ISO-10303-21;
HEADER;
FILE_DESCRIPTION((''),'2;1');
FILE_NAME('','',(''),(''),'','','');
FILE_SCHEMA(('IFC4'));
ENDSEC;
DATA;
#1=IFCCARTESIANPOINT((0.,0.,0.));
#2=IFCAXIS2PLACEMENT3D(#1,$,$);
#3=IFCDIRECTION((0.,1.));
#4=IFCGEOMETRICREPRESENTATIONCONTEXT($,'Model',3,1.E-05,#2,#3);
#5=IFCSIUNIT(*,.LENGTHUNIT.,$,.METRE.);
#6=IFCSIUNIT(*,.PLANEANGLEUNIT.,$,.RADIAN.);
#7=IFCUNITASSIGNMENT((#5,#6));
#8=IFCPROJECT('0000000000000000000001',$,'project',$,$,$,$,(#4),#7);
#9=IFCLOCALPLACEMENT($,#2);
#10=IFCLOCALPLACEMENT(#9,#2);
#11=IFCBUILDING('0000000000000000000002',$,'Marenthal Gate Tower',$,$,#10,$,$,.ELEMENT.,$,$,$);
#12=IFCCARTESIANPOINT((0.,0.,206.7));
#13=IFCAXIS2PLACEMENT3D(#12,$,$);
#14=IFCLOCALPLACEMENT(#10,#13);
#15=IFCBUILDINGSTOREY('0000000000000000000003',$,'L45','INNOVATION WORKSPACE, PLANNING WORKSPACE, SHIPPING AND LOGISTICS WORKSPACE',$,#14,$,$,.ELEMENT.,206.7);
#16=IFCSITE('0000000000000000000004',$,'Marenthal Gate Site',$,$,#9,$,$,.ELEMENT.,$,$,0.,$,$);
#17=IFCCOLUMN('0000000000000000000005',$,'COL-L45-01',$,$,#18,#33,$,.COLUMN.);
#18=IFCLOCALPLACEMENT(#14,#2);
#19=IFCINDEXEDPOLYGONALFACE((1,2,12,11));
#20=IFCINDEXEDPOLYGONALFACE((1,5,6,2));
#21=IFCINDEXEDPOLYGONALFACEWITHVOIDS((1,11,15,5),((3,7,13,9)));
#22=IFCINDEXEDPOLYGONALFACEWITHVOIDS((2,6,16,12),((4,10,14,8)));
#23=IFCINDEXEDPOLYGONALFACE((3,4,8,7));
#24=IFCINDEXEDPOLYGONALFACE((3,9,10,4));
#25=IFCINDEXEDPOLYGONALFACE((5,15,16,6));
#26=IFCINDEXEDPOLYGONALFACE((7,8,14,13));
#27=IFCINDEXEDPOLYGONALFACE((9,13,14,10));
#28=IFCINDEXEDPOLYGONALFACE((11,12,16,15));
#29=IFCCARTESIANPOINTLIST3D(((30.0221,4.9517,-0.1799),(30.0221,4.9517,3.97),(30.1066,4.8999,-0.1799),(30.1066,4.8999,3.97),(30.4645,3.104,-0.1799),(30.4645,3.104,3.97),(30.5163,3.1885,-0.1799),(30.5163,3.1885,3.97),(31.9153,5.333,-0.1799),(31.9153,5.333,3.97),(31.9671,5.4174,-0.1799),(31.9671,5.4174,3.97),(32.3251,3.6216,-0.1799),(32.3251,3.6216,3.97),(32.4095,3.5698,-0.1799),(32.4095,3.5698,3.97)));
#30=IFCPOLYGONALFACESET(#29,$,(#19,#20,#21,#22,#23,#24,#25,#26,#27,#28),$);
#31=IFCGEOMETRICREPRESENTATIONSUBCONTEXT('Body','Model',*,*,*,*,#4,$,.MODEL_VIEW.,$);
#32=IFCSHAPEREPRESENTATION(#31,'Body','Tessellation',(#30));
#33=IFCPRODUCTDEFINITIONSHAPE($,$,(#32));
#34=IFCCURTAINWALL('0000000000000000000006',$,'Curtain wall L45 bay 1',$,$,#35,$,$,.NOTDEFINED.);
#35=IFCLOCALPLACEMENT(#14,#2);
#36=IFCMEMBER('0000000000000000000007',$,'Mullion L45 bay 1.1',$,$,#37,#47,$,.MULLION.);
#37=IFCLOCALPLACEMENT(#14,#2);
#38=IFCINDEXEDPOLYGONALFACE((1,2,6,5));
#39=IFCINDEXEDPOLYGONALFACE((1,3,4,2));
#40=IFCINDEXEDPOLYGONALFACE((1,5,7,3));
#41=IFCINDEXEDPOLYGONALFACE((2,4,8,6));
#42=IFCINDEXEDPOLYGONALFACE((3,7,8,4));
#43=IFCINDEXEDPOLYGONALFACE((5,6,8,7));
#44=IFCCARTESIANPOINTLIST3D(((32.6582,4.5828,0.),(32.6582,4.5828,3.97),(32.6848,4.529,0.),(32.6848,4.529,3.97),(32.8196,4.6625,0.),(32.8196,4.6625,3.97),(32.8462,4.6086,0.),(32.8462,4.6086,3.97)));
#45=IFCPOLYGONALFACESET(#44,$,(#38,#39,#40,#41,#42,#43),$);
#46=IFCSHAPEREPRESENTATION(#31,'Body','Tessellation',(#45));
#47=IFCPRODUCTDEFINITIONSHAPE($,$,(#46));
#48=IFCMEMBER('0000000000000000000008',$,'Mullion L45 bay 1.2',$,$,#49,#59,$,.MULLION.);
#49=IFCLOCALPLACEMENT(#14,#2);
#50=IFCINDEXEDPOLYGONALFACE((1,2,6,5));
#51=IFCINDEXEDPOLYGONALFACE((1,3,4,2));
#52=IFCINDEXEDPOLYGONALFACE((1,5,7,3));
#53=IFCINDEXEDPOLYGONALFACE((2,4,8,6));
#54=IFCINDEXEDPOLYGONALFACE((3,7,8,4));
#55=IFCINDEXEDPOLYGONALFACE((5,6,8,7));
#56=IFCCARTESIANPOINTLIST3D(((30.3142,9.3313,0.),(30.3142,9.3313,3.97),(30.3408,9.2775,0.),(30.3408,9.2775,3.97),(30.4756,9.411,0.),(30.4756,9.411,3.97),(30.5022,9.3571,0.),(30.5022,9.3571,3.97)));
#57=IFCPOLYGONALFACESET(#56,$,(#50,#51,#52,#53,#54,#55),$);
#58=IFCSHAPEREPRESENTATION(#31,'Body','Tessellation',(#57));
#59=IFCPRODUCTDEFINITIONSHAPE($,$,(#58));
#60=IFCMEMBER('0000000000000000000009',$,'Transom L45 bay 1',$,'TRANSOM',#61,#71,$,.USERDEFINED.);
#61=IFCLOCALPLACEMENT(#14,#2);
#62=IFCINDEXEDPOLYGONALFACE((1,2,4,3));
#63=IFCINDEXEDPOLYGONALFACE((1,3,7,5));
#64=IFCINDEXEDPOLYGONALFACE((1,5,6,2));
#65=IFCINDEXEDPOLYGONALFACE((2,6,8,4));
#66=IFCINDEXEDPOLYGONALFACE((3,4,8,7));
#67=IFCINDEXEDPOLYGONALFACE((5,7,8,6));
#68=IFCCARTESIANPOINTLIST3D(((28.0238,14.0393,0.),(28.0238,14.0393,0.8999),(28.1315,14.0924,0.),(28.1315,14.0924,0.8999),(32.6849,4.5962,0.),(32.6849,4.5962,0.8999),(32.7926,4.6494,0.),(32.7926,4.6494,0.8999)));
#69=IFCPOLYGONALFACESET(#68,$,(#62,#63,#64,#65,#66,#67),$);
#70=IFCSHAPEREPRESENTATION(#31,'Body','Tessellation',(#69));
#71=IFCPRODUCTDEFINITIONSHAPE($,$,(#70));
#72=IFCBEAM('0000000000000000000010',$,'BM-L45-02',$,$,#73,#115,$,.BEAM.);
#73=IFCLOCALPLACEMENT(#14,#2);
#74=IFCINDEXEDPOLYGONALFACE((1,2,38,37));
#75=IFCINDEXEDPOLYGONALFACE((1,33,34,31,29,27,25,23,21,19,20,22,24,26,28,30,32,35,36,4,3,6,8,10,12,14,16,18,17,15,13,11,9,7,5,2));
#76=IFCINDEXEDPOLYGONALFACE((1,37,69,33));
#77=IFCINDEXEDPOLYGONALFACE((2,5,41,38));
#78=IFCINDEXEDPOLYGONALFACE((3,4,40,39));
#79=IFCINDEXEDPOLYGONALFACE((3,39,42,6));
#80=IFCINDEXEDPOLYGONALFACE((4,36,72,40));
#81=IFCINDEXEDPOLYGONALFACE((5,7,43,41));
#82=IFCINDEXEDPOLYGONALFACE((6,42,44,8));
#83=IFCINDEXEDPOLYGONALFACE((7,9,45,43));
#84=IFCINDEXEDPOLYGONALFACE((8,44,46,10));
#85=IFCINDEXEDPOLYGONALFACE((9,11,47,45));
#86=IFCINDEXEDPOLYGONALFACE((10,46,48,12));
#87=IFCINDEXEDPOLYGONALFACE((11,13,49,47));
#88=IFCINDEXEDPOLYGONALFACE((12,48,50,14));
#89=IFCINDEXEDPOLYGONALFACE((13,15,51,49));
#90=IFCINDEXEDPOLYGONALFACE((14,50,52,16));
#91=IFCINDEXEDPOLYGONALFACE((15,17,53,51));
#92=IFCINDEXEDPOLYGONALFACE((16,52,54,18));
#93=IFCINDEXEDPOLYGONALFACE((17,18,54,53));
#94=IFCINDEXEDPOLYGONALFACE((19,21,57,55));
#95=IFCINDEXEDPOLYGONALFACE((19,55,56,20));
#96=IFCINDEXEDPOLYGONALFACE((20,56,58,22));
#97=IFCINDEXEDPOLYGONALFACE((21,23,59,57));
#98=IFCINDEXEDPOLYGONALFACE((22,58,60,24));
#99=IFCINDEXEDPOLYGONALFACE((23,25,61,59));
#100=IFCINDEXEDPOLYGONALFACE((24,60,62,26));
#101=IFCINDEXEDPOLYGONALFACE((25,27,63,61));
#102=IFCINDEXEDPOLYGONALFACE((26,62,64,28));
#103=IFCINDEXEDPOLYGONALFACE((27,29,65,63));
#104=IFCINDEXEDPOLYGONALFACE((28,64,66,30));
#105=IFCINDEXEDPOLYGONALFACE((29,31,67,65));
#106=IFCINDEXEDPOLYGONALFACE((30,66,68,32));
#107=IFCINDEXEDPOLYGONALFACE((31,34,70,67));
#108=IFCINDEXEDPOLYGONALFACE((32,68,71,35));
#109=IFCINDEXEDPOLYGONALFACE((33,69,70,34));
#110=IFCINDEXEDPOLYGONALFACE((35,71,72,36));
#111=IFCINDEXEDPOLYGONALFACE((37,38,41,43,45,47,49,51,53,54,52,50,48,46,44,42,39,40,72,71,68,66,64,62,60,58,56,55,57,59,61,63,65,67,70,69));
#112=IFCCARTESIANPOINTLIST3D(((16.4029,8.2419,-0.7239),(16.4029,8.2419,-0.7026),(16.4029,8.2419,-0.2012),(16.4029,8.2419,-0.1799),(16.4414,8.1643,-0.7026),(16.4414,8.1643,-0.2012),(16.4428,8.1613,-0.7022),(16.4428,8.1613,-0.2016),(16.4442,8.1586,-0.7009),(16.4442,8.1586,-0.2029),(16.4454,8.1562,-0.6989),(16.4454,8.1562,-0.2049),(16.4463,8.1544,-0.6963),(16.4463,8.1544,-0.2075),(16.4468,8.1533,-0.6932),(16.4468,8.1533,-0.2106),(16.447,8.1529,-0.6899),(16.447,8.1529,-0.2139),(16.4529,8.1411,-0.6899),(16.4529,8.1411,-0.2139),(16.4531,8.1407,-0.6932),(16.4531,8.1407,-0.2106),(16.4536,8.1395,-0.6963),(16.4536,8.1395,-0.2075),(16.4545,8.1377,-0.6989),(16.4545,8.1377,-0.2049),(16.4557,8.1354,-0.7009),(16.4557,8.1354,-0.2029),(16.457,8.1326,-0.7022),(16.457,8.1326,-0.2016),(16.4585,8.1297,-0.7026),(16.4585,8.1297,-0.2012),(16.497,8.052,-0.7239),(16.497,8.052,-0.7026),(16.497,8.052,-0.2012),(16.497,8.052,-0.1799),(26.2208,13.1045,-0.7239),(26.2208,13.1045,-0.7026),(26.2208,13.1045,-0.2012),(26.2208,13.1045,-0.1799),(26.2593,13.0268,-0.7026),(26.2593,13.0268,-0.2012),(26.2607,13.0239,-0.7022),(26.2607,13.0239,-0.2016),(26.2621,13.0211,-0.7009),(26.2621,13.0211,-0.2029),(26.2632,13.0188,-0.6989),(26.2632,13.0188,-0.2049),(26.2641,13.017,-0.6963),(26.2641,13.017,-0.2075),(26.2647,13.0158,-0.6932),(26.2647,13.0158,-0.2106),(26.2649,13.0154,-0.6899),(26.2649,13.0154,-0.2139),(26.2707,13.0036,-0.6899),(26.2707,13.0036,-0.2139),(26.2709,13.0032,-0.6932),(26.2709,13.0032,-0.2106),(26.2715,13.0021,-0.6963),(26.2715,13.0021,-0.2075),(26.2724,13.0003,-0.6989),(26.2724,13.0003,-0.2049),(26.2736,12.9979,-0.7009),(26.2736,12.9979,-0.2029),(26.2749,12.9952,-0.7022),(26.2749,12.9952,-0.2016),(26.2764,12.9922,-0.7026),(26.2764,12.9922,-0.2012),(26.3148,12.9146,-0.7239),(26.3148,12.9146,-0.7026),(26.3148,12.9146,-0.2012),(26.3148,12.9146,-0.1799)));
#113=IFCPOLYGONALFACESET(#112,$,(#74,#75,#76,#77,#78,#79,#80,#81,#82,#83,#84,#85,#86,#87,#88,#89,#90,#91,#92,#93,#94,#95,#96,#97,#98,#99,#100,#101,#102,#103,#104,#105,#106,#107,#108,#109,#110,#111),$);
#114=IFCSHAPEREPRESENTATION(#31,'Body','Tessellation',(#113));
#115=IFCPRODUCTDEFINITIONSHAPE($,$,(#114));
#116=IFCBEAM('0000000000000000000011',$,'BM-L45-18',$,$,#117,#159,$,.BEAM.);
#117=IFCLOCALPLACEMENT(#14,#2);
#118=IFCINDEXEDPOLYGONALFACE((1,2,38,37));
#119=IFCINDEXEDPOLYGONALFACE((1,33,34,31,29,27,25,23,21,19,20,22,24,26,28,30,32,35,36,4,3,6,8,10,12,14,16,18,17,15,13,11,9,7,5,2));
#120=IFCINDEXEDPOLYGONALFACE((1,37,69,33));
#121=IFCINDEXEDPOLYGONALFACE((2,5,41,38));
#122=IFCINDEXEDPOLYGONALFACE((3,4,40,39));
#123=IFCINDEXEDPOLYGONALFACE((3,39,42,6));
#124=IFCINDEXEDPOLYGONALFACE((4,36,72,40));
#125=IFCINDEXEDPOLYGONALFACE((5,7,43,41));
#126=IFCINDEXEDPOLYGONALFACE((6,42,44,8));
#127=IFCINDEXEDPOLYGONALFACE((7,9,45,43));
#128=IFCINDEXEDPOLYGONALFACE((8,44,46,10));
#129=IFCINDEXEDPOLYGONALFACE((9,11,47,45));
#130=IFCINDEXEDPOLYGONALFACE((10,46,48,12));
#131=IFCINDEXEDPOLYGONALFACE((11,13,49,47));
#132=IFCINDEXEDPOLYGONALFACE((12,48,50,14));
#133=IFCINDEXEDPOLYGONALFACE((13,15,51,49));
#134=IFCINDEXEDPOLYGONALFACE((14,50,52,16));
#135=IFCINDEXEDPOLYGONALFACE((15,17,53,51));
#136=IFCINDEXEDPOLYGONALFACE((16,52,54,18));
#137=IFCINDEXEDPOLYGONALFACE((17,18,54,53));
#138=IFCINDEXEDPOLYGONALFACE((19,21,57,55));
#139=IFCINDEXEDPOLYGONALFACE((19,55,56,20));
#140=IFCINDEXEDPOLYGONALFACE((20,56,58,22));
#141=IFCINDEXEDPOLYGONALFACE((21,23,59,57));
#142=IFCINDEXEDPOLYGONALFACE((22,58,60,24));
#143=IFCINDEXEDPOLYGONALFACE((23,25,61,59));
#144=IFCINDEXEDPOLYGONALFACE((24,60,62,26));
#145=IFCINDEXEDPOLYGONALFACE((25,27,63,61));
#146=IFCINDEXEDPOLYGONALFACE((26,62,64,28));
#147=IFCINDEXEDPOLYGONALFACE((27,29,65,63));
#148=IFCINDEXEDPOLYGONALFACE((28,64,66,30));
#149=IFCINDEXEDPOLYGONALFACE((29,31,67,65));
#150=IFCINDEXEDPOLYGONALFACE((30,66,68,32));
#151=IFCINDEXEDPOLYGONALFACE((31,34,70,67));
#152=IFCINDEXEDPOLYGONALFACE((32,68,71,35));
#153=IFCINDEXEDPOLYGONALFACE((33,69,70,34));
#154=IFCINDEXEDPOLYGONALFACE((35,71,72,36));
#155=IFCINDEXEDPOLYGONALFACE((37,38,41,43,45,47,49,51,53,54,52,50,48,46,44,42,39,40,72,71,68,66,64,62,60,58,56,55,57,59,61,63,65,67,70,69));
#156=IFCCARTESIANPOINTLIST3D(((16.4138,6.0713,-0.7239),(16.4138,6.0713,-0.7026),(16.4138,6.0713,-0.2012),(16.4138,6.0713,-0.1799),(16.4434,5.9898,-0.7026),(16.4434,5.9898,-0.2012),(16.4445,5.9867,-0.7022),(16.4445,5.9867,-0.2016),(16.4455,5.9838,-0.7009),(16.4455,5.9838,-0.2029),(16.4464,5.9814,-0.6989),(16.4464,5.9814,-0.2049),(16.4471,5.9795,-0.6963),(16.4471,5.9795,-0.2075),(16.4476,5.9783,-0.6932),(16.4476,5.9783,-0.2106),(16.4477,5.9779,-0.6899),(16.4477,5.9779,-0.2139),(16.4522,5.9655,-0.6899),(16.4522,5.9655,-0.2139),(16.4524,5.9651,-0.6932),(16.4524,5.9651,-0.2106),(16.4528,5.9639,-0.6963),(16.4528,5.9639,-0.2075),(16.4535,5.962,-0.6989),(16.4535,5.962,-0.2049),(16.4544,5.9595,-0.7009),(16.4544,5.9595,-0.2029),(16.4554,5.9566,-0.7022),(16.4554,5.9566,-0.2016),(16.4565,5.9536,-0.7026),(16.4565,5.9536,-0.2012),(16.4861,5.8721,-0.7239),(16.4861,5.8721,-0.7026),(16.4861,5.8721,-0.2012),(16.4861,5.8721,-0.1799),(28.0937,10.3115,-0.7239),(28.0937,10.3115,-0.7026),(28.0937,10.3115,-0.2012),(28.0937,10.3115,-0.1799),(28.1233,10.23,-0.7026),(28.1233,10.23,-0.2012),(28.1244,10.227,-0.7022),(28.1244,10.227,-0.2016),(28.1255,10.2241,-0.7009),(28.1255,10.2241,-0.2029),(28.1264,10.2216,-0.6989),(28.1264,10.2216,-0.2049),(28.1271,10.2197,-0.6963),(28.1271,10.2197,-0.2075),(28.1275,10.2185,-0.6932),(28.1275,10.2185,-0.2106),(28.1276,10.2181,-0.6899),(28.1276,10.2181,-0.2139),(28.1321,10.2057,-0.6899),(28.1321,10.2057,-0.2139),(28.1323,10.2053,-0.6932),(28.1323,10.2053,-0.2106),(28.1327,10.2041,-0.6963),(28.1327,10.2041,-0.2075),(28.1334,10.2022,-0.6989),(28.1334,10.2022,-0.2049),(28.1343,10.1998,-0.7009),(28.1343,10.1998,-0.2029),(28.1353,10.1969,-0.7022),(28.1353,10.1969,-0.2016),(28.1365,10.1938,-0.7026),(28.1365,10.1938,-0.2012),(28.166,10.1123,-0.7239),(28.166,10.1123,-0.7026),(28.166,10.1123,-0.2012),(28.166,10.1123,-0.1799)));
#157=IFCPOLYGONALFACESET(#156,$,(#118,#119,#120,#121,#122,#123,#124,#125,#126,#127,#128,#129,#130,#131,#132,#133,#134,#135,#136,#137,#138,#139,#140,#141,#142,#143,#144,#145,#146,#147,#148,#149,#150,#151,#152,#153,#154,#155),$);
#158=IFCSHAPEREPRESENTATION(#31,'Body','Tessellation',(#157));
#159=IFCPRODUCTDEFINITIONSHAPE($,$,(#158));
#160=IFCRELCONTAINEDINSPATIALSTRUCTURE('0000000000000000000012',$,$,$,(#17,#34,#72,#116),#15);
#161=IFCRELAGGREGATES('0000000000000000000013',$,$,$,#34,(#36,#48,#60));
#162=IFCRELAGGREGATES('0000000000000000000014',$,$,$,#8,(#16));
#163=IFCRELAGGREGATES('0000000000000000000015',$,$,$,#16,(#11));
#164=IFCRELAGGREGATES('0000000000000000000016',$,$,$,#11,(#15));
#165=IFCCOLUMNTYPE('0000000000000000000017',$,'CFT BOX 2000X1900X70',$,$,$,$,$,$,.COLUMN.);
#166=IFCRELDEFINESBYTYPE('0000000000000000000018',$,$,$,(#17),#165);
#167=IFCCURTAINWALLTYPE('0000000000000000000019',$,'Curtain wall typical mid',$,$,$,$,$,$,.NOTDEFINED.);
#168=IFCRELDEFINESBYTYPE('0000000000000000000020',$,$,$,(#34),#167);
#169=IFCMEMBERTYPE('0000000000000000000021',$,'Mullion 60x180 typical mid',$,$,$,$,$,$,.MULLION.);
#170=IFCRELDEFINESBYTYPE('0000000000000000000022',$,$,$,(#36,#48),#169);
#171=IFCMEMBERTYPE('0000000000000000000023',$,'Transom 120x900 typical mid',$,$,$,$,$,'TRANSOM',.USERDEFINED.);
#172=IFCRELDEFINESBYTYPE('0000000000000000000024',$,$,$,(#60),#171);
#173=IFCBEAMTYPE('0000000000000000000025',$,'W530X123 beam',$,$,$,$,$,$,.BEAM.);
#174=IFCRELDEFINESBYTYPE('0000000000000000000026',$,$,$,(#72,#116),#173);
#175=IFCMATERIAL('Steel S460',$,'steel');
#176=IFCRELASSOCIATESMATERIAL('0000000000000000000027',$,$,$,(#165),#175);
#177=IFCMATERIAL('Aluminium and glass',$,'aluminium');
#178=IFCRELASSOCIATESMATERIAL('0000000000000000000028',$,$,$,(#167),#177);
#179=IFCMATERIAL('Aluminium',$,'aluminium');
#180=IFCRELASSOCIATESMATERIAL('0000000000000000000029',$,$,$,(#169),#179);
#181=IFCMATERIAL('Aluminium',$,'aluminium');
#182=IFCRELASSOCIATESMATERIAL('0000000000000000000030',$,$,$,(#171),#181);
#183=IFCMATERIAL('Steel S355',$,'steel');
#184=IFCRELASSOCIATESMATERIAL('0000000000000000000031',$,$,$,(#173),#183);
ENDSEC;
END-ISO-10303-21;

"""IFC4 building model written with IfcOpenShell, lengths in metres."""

from ifc_helpers import new_model, si_unit, direction, frame, origin, origin_2d, place, context, subcontext, project, spatial, rectangle, hollow_rectangle, i_section, extrude, material, material_profile, profile_set, type_object, element, aggregate, save


model = new_model("IFC4")

# Units and contexts
model_context = context("Model", 3, precision=1e-05, world=origin(), true_north=direction((0.0, 1.0)))
body_context = subcontext(model_context, "Body", "Model", "MODEL_VIEW")
ifc_project = project(units=[si_unit("LENGTHUNIT", "METRE"), si_unit("PLANEANGLEUNIT", "RADIAN")], contexts=[model_context])

# Site, building, storey
site_placement = place(None, origin())
site = spatial("IfcSite", under=ifc_project, at=site_placement, Name="Marenthal Gate Site", CompositionType="ELEMENT", RefElevation=0.0)
building_placement = place(site_placement, origin())
building = spatial("IfcBuilding", under=site, at=building_placement, Name="Marenthal Gate Tower", CompositionType="ELEMENT")
storey_placement = place(building_placement, frame((0.0, 0.0, 206.7)))
storey = spatial("IfcBuildingStorey", under=building, at=storey_placement, Name="L45", Description="INNOVATION WORKSPACE, PLANNING WORKSPACE, SHIPPING AND LOGISTICS WORKSPACE", CompositionType="ELEMENT", Elevation=206.7)

# Column
ifc_material_1 = material(Name="Steel S460", Category="steel")
ifc_material_profile_1 = material_profile(ifc_material_1, hollow_rectangle(XDim=1.8999, YDim=2.0, WallThickness=0.0701, at=origin_2d()), Name="CFT BOX 2000X1900X70")
ifc_material_2 = material(Name="Concrete 70 MPa", Category="concrete")
ifc_material_profile_2 = material_profile(ifc_material_2, rectangle(XDim=1.76, YDim=1.8601, at=origin_2d()), Name="CFT BOX 2000X1900X70 INFILL")
ifc_profile_set_1 = profile_set([ifc_material_profile_1, ifc_material_profile_2], Name="Steel S460 shell, Concrete 70 MPa infill")
column_type = type_object("IfcColumnType", Name="CFT BOX 2000X1900X70", PredefinedType="COLUMN", material=ifc_profile_set_1)
column_placement = place(storey_placement, frame((31.2158, 4.2607, -0.1799), z_axis=(0.0, 0.0, 1.0), x_axis=(0.232863, -0.972509, 0.0)))
element("IfcColumn", 1, at=column_placement, inside=storey, type_object=column_type, Name="COL-L45-01", PredefinedType="COLUMN", context=body_context, shape_type="SweptSolid", body=[
    extrude(hollow_rectangle(XDim=1.8999, YDim=2.0, WallThickness=0.0701, at=origin_2d()), origin(), (0.0, 0.0, 1.0), 4.1499),
])

# Curtain wall, members
ifc_material_3 = material(Name="Aluminium and glass", Category="aluminium")
curtain_wall_type = type_object("IfcCurtainWallType", Name="Curtain wall typical mid", PredefinedType="NOTDEFINED", material=ifc_material_3)
curtain_wall_placement = place(storey_placement, origin())
curtain_wall = element("IfcCurtainWall", 2, at=curtain_wall_placement, inside=storey, type_object=curtain_wall_type, Name="Curtain wall L45 bay 1", PredefinedType="NOTDEFINED")
ifc_material_4 = material(Name="Aluminium", Category="aluminium")
ifc_material_profile_3 = material_profile(ifc_material_4, rectangle(XDim=0.1799, YDim=0.0601, at=origin_2d()), Name="60x180 aluminium mullion")
ifc_profile_set_2 = profile_set([ifc_material_profile_3], Name="Aluminium")
member_type_1 = type_object("IfcMemberType", Name="Mullion 60x180 typical mid", PredefinedType="MULLION", material=ifc_profile_set_2)
member_1_placement = place(storey_placement, frame((32.7522, 4.5957, 0.0), z_axis=(0.0, 0.0, 1.0), x_axis=(-0.896716, -0.442607, 0.0)))
member_1 = element("IfcMember", 3, at=member_1_placement, type_object=member_type_1, Name="Mullion L45 bay 1.1", PredefinedType="MULLION", context=body_context, shape_type="SweptSolid", body=[
    extrude(rectangle(XDim=0.1799, YDim=0.0601, at=origin_2d()), origin(), (0.0, 0.0, 1.0), 3.97),
])
member_2_placement = place(storey_placement, frame((30.4082, 9.3442, 0.0), z_axis=(0.0, 0.0, 1.0), x_axis=(-0.896716, -0.442607, 0.0)))
member_2 = element("IfcMember", 4, at=member_2_placement, type_object=member_type_1, Name="Mullion L45 bay 1.2", PredefinedType="MULLION", context=body_context, shape_type="SweptSolid", body=[
    extrude(rectangle(XDim=0.1799, YDim=0.0601, at=origin_2d()), origin(), (0.0, 0.0, 1.0), 3.97),
])
ifc_material_5 = material(Name="Aluminium", Category="aluminium")
ifc_material_profile_4 = material_profile(ifc_material_5, rectangle(XDim=0.1201, YDim=0.8999, at=origin_2d()), Name="120x900 aluminium transom")
ifc_profile_set_3 = profile_set([ifc_material_profile_4], Name="Aluminium")
member_type_2 = type_object("IfcMemberType", Name="Transom 120x900 typical mid", ElementType="TRANSOM", PredefinedType="USERDEFINED", material=ifc_profile_set_3)
member_3_placement = place(storey_placement, frame((32.7388, 4.6228, 0.45), z_axis=(-0.442617, 0.896711, 0.0), x_axis=(-0.896711, -0.442617, 0.0)))
member_3 = element("IfcMember", 5, at=member_3_placement, type_object=member_type_2, Name="Transom L45 bay 1", ObjectType="TRANSOM", PredefinedType="USERDEFINED", context=body_context, shape_type="SweptSolid", body=[
    extrude(rectangle(XDim=0.1201, YDim=0.8999, at=origin_2d()), origin(), (0.0, 0.0, 1.0), 10.5308),
])

# Beams
ifc_material_6 = material(Name="Steel S355", Category="steel")
ifc_material_profile_5 = material_profile(ifc_material_6, i_section(OverallWidth=0.2119, OverallDepth=0.5439, WebThickness=0.0132, FlangeThickness=0.0212, FilletRadius=0.0127, at=origin_2d()), Name="W530X123")
ifc_profile_set_4 = profile_set([ifc_material_profile_5], Name="Steel S355")
beam_type_1 = type_object("IfcBeamType", Name="W530X123 beam", PredefinedType="BEAM", material=ifc_profile_set_4)
beam_1_placement = place(storey_placement, frame((26.2678, 13.0095, -0.4519), z_axis=(-0.896114, -0.443823, 0.0), x_axis=(0.443823, -0.896114, 0.0)))
element("IfcBeam", 6, at=beam_1_placement, inside=storey, type_object=beam_type_1, Name="BM-L45-02", PredefinedType="BEAM", context=body_context, shape_type="SweptSolid", body=[
    extrude(i_section(OverallWidth=0.2119, OverallDepth=0.5439, WebThickness=0.0132, FlangeThickness=0.0212, FilletRadius=0.0127, at=origin_2d()), origin(), (0.0, 0.0, 1.0), 10.9561),
])
beam_2_placement = place(storey_placement, frame((28.1299, 10.2119, -0.4519), z_axis=(-0.939975, -0.341245, 0.0), x_axis=(0.341245, -0.939975, 0.0)))
element("IfcBeam", 7, at=beam_2_placement, inside=storey, type_object=beam_type_1, Name="BM-L45-18", PredefinedType="BEAM", context=body_context, shape_type="SweptSolid", body=[
    extrude(i_section(OverallWidth=0.2119, OverallDepth=0.5439, WebThickness=0.0132, FlangeThickness=0.0212, FilletRadius=0.0127, at=origin_2d()), origin(), (0.0, 0.0, 1.0), 12.4258),
])

aggregate(curtain_wall, [member_1, member_2, member_3])

save(model, "model.ifc")
